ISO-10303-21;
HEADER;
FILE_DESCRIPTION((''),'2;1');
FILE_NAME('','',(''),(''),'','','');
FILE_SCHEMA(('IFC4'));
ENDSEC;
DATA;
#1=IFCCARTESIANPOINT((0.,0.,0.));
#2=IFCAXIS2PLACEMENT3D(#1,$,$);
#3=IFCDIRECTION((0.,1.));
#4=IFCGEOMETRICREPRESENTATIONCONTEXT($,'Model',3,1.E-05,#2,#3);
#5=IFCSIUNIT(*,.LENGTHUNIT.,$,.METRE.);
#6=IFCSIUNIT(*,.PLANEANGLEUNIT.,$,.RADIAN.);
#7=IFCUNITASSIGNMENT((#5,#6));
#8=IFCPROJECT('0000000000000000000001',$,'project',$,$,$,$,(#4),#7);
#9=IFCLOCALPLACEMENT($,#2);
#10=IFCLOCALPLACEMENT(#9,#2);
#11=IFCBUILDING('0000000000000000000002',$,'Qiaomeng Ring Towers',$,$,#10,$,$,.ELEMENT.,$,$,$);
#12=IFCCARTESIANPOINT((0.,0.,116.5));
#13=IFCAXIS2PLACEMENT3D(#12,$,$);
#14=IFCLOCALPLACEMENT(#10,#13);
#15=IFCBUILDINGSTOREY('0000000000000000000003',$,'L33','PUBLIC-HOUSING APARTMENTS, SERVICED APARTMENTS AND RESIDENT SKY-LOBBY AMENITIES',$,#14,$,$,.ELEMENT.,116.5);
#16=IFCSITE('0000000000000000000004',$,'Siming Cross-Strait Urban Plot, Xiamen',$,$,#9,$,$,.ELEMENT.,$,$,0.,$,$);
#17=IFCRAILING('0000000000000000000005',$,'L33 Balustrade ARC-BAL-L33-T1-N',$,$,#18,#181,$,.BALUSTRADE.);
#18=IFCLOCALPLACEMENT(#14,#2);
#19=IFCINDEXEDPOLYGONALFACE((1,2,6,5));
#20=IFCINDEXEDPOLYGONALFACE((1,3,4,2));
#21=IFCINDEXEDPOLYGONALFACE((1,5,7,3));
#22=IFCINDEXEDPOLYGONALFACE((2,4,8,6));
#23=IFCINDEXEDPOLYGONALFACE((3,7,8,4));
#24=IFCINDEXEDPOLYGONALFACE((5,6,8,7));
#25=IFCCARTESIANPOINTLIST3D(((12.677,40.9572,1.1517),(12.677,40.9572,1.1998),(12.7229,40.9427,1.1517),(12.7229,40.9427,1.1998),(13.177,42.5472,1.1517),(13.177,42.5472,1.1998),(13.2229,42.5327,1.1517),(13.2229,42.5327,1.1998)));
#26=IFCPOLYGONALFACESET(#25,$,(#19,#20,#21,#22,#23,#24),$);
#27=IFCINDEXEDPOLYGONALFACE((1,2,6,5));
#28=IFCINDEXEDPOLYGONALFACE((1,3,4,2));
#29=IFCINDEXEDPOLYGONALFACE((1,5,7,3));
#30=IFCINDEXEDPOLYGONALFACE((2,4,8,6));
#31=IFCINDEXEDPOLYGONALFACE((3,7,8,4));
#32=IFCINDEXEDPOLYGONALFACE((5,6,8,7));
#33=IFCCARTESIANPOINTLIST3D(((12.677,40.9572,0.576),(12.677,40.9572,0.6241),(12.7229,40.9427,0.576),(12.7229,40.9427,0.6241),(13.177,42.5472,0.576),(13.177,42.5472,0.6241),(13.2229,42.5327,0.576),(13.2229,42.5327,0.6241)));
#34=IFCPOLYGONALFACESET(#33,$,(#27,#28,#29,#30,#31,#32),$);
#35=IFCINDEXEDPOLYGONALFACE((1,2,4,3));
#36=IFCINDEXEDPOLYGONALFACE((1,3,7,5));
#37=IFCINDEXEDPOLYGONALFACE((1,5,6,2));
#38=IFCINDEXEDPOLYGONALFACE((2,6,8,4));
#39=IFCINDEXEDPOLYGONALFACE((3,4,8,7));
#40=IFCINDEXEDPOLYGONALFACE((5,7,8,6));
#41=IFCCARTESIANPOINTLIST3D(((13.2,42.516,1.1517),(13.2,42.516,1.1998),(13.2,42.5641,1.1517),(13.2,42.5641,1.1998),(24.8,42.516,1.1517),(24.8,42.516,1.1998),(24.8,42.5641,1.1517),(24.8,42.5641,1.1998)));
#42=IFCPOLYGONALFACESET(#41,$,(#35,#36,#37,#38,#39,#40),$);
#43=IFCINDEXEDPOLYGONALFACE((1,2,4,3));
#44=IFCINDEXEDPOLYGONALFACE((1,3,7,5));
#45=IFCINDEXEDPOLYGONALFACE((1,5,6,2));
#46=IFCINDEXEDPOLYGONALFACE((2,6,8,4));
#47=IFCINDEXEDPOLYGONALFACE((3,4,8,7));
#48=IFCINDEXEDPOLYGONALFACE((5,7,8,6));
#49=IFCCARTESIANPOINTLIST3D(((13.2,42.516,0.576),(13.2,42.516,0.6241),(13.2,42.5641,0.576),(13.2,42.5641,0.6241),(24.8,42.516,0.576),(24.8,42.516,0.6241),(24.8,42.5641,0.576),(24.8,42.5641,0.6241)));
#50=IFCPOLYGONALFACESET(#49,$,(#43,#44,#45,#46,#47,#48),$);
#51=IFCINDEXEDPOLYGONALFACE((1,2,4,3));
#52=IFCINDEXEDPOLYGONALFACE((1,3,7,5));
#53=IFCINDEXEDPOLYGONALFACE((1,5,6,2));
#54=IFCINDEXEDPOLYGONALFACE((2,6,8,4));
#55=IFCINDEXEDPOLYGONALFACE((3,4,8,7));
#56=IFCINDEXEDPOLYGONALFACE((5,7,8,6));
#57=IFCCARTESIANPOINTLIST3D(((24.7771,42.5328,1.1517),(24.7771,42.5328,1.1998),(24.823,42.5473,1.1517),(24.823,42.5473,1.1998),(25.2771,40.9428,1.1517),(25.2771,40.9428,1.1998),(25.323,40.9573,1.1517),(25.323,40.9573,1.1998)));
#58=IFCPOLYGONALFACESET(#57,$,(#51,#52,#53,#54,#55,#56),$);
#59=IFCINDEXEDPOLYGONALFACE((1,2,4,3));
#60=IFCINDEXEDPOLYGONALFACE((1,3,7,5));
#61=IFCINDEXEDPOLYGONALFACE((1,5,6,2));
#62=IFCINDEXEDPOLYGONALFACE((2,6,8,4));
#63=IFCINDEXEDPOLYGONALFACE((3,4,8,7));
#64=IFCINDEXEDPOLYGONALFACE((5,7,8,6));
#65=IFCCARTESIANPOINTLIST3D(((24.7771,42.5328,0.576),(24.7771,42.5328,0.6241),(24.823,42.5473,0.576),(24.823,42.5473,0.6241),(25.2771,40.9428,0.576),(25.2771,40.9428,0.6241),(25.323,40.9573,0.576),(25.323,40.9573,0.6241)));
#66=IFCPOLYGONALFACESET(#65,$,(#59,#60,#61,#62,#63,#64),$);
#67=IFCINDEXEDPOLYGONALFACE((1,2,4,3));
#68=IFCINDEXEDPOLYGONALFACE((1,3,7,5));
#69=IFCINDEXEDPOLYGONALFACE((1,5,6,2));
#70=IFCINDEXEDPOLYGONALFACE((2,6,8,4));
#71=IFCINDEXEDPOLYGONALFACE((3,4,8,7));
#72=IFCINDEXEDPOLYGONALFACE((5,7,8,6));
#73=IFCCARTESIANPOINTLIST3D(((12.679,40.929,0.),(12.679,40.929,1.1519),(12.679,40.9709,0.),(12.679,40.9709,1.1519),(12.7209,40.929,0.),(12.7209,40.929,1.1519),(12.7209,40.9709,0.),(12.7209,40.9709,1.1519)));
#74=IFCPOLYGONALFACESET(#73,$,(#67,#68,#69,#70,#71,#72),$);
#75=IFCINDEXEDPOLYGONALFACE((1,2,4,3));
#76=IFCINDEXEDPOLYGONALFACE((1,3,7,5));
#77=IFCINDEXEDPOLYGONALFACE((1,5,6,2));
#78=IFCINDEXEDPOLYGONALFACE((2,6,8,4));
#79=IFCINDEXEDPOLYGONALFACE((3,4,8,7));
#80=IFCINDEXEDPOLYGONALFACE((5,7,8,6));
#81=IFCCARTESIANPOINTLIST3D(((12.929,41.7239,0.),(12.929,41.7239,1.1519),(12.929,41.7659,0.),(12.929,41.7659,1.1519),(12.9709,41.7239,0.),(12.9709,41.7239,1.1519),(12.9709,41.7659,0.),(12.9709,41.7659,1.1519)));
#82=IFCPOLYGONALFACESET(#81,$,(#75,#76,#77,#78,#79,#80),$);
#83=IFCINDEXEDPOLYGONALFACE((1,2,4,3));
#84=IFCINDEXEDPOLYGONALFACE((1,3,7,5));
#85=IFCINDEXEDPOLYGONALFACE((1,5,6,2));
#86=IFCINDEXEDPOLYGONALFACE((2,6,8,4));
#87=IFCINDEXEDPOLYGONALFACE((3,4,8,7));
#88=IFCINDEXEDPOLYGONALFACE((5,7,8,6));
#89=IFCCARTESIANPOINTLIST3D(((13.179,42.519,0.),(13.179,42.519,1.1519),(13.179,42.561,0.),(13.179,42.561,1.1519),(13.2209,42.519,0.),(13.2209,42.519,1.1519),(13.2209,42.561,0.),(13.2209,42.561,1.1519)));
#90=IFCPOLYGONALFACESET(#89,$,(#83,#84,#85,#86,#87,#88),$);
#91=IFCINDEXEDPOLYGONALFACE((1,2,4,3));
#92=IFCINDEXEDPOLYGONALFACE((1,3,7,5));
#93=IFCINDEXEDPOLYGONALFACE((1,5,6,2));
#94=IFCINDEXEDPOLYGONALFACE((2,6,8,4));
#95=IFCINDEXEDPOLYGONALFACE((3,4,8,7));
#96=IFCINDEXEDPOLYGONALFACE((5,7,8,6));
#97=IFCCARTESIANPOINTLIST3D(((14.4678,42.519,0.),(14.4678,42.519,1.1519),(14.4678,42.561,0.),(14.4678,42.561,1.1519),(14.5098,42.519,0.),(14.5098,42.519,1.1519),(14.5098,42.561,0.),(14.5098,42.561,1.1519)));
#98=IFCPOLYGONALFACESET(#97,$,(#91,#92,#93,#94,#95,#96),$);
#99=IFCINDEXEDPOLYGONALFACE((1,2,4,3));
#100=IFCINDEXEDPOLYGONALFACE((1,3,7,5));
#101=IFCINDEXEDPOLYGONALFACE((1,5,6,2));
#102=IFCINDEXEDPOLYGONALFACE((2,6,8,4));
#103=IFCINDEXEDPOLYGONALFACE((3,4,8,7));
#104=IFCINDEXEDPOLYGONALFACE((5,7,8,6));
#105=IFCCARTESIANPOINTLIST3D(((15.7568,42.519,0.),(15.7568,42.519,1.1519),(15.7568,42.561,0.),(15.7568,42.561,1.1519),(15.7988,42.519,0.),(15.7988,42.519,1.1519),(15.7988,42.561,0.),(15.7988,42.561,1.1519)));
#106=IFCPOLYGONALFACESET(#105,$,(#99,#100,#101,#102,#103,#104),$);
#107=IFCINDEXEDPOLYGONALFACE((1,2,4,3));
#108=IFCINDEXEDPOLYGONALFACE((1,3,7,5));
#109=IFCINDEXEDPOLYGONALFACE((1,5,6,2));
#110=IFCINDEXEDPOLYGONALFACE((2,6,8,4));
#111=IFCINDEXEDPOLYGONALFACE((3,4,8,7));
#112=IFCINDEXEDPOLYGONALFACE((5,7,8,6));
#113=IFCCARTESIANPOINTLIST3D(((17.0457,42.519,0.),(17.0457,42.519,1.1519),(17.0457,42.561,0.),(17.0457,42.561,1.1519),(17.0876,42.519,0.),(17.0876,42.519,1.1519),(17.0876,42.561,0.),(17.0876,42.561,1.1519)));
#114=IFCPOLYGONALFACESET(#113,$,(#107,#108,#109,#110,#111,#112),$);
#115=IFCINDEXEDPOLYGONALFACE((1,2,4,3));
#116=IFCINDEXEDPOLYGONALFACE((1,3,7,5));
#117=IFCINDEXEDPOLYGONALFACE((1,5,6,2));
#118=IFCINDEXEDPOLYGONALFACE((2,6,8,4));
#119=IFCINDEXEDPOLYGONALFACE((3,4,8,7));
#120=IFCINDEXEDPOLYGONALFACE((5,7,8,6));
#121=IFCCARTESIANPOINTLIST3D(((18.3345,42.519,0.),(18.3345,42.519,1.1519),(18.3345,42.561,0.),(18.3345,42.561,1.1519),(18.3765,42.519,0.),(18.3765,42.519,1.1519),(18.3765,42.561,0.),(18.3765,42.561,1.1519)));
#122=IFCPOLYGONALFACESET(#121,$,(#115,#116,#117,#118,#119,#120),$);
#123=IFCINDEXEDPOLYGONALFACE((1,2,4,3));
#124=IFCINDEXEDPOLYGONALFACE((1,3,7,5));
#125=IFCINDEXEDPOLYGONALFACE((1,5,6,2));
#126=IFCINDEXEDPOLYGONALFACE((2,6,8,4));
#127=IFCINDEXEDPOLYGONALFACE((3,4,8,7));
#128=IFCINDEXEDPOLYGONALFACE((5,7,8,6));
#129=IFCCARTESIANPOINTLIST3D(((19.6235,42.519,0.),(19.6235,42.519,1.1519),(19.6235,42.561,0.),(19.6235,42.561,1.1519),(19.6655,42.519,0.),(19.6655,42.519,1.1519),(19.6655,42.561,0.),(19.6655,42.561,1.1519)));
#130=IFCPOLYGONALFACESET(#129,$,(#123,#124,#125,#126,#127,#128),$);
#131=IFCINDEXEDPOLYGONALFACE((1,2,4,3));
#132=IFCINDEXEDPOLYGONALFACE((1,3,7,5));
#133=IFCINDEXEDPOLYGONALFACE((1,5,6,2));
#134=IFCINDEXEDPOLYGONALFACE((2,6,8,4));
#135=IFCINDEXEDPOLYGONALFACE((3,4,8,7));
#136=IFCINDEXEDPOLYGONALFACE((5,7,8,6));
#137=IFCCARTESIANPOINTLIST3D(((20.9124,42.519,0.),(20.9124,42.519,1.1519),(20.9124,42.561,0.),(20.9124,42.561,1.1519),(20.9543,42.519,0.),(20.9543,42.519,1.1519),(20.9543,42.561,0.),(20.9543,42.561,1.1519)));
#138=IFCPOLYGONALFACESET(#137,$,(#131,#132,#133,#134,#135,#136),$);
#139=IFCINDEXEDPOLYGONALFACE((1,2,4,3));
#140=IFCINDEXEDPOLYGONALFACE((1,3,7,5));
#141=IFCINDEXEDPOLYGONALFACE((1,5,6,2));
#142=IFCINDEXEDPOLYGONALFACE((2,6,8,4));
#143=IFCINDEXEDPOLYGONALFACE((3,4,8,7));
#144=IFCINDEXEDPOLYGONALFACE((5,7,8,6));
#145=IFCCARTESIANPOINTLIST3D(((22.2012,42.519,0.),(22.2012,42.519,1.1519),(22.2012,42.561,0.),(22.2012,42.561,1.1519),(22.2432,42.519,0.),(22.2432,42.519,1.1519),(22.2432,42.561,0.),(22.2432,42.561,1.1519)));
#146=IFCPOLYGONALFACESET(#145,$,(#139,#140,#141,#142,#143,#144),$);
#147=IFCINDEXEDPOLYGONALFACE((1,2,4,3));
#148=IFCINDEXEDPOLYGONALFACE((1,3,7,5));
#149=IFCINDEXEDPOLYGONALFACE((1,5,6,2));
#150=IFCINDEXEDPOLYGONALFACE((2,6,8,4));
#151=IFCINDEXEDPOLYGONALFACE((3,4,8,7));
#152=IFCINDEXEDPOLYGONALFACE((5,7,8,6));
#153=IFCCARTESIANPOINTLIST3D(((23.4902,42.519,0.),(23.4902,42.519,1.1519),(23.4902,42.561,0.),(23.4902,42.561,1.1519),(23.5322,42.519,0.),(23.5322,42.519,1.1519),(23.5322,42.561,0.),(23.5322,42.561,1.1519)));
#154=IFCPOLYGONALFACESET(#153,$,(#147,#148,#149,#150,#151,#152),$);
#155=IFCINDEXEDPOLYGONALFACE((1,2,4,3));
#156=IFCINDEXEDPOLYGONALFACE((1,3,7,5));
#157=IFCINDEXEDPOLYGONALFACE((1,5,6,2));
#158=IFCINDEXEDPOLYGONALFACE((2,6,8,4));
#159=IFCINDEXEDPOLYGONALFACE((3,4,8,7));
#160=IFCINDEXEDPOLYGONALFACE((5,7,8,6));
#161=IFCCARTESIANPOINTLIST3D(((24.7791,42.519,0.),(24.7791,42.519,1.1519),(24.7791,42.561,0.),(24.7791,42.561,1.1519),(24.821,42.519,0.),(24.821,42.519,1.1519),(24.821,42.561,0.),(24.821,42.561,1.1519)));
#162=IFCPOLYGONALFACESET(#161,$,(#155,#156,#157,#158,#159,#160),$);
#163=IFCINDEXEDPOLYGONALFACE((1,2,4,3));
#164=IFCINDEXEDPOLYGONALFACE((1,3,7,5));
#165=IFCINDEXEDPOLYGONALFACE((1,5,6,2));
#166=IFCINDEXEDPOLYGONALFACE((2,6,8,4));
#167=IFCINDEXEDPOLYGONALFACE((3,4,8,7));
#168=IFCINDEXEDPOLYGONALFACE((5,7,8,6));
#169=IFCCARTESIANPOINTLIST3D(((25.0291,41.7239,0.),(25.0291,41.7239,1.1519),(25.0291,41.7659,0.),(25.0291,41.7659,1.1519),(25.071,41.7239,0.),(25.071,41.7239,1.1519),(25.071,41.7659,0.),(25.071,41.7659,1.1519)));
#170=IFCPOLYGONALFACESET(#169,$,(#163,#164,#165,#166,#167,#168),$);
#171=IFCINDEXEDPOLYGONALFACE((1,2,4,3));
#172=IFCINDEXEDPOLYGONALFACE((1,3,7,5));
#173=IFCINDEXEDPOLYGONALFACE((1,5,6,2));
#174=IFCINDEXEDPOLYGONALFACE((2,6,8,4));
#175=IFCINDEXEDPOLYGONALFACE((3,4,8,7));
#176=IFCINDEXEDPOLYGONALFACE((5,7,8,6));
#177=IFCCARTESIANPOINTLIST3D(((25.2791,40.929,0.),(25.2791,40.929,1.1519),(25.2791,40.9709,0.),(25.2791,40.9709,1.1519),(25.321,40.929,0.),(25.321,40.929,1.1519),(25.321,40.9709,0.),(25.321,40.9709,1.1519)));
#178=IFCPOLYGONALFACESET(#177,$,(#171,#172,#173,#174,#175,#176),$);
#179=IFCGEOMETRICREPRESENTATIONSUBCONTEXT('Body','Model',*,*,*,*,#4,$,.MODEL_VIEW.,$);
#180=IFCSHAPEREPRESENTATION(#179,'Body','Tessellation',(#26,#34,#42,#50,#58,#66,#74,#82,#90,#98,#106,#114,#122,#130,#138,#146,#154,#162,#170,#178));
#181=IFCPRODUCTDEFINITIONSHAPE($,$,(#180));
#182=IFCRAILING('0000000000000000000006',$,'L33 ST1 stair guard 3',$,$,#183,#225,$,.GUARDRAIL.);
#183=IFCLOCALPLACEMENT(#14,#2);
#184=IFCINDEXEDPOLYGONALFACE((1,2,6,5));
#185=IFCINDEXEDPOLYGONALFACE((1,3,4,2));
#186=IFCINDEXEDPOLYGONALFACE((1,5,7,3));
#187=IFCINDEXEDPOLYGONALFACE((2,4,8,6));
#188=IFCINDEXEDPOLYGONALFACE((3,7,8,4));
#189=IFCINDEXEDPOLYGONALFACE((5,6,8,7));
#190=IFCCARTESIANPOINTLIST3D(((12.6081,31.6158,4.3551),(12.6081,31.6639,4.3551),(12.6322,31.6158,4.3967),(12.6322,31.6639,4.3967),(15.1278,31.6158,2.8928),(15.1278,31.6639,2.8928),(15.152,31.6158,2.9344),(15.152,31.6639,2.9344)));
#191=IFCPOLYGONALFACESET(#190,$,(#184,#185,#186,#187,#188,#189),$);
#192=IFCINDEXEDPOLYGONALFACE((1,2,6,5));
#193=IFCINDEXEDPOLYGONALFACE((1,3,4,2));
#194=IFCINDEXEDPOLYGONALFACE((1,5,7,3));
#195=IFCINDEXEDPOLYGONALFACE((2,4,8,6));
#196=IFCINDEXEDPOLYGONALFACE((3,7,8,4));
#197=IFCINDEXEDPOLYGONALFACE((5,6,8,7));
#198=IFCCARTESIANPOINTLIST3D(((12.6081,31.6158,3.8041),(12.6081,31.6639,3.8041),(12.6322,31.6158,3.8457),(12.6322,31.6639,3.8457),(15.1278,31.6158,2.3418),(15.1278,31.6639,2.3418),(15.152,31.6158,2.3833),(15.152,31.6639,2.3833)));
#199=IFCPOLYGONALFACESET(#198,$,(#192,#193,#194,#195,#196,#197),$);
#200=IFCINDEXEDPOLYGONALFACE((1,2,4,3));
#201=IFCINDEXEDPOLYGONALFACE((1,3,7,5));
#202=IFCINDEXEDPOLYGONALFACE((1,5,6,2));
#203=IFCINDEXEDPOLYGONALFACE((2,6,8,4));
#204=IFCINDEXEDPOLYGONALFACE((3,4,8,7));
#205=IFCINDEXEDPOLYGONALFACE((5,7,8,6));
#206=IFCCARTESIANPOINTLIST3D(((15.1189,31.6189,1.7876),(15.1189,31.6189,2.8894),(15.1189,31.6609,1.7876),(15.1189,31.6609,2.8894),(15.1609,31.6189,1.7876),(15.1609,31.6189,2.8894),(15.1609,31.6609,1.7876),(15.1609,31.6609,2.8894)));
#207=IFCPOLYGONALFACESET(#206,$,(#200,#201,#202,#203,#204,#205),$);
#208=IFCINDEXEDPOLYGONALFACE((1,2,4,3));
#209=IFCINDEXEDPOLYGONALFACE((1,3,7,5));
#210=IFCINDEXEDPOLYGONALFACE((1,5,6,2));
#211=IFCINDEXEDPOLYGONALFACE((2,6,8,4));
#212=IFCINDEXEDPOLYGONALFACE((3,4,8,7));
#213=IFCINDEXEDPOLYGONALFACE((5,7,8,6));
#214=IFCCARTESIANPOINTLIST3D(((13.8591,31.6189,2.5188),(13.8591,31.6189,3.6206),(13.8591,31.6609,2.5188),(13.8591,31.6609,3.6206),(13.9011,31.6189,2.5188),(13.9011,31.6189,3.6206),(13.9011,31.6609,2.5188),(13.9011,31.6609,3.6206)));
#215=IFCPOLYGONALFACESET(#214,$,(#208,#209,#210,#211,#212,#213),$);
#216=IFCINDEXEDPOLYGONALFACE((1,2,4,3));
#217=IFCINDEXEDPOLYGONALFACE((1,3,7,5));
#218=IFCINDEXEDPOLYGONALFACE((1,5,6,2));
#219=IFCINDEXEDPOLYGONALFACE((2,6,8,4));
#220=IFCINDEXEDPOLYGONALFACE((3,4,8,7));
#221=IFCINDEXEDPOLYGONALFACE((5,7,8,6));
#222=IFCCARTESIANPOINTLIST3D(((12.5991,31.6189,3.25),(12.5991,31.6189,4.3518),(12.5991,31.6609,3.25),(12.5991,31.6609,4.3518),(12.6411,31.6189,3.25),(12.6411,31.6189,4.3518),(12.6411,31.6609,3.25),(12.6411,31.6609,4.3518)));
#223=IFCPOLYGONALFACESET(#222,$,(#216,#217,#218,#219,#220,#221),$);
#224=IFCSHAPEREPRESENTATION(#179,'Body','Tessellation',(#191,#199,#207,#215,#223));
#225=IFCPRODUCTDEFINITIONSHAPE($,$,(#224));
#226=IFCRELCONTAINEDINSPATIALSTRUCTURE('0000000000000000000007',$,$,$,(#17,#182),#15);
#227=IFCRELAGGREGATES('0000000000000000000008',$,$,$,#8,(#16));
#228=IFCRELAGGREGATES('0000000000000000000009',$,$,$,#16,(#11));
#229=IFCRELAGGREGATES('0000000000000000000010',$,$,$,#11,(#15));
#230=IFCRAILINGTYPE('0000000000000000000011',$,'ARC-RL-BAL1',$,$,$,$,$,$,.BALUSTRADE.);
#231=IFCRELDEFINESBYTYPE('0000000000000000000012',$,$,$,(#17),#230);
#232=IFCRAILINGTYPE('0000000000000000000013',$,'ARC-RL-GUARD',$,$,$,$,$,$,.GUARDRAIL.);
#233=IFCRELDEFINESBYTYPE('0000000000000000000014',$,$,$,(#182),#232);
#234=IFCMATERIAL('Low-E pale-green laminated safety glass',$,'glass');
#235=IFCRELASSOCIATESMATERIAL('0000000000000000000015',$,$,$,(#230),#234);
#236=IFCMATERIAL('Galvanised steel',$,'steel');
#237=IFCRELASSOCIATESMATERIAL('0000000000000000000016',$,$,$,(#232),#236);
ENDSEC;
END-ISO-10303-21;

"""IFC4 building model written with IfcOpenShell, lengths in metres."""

from ifc_helpers import new_model, si_unit, direction, frame, origin, origin_2d, place, context, subcontext, project, spatial, rectangle, extrude, material, type_object, element, save


model = new_model("IFC4")

# Units and contexts
model_context = context("Model", 3, precision=1e-05, world=origin(), true_north=direction((0.0, 1.0)))
body_context = subcontext(model_context, "Body", "Model", "MODEL_VIEW")
ifc_project = project(units=[si_unit("LENGTHUNIT", "METRE"), si_unit("PLANEANGLEUNIT", "RADIAN")], contexts=[model_context])

# Site, building, storey
site_placement = place(None, origin())
site = spatial("IfcSite", under=ifc_project, at=site_placement, Name="Siming Cross-Strait Urban Plot, Xiamen", CompositionType="ELEMENT", RefElevation=0.0)
building_placement = place(site_placement, origin())
building = spatial("IfcBuilding", under=site, at=building_placement, Name="Qiaomeng Ring Towers", CompositionType="ELEMENT")
storey_placement = place(building_placement, frame((0.0, 0.0, 116.5)))
storey = spatial("IfcBuildingStorey", under=building, at=storey_placement, Name="L33", Description="PUBLIC-HOUSING APARTMENTS, SERVICED APARTMENTS AND RESIDENT SKY-LOBBY AMENITIES", CompositionType="ELEMENT", Elevation=116.5)

# Shared definitions
ifc_material_1 = material(Name="Galvanised steel", Category="steel")

# Railings
ifc_material_2 = material(Name="Low-E pale-green laminated safety glass", Category="glass")
railing_type_1 = type_object("IfcRailingType", Name="ARC-RL-BAL1", PredefinedType="BALUSTRADE", material=ifc_material_2)
railing_1_placement = place(storey_placement, frame((12.7, 40.95, 0.0)))
element("IfcRailing", 1, at=railing_1_placement, inside=storey, type_object=railing_type_1, Name="L33 Balustrade ARC-BAL-L33-T1-N", PredefinedType="BALUSTRADE", context=body_context, shape_type="SweptSolid", body=[
    extrude(rectangle(XDim=0.0481, YDim=0.0481, at=origin_2d()), frame((0.0, 0.0, 1.1758), z_axis=(0.299968, 0.953949, 0.0), x_axis=(-0.953949, 0.299968, 0.0)), (0.0, 0.0, 1.0), 1.6667),
    extrude(rectangle(XDim=0.0481, YDim=0.0481, at=origin_2d()), frame((0.0, 0.0, 0.6001), z_axis=(0.299968, 0.953949, 0.0), x_axis=(-0.953949, 0.299968, 0.0)), (0.0, 0.0, 1.0), 1.6667),
    extrude(rectangle(XDim=0.0481, YDim=0.0481, at=origin_2d()), frame((0.5, 1.5901, 1.1758), z_axis=(1.0, 0.0, 0.0), x_axis=(0.0, 1.0, 0.0)), (0.0, 0.0, 1.0), 11.6001),
    extrude(rectangle(XDim=0.0481, YDim=0.0481, at=origin_2d()), frame((0.5, 1.5901, 0.6001), z_axis=(1.0, 0.0, 0.0), x_axis=(0.0, 1.0, 0.0)), (0.0, 0.0, 1.0), 11.6001),
    extrude(rectangle(XDim=0.0481, YDim=0.0481, at=origin_2d()), frame((12.1001, 1.5901, 1.1758), z_axis=(0.299968, -0.953949, 0.0), x_axis=(0.953949, 0.299968, 0.0)), (0.0, 0.0, 1.0), 1.6667),
    extrude(rectangle(XDim=0.0481, YDim=0.0481, at=origin_2d()), frame((12.1001, 1.5901, 0.6001), z_axis=(0.299968, -0.953949, 0.0), x_axis=(0.953949, 0.299968, 0.0)), (0.0, 0.0, 1.0), 1.6667),
    extrude(rectangle(XDim=0.042, YDim=0.042, at=origin_2d()), origin(), (0.0, 0.0, 1.0), 1.1519),
    extrude(rectangle(XDim=0.042, YDim=0.042, at=origin_2d()), frame((0.25, 0.7949, 0.0)), (0.0, 0.0, 1.0), 1.1519),
    extrude(rectangle(XDim=0.042, YDim=0.042, at=origin_2d()), frame((0.5, 1.5901, 0.0)), (0.0, 0.0, 1.0), 1.1519),
    extrude(rectangle(XDim=0.042, YDim=0.042, at=origin_2d()), frame((1.7888, 1.5901, 0.0)), (0.0, 0.0, 1.0), 1.1519),
    extrude(rectangle(XDim=0.042, YDim=0.042, at=origin_2d()), frame((3.0779, 1.5901, 0.0)), (0.0, 0.0, 1.0), 1.1519),
    extrude(rectangle(XDim=0.042, YDim=0.042, at=origin_2d()), frame((4.3667, 1.5901, 0.0)), (0.0, 0.0, 1.0), 1.1519),
    extrude(rectangle(XDim=0.042, YDim=0.042, at=origin_2d()), frame((5.6555, 1.5901, 0.0)), (0.0, 0.0, 1.0), 1.1519),
    extrude(rectangle(XDim=0.042, YDim=0.042, at=origin_2d()), frame((6.9446, 1.5901, 0.0)), (0.0, 0.0, 1.0), 1.1519),
    extrude(rectangle(XDim=0.042, YDim=0.042, at=origin_2d()), frame((8.2334, 1.5901, 0.0)), (0.0, 0.0, 1.0), 1.1519),
    extrude(rectangle(XDim=0.042, YDim=0.042, at=origin_2d()), frame((9.5222, 1.5901, 0.0)), (0.0, 0.0, 1.0), 1.1519),
    extrude(rectangle(XDim=0.042, YDim=0.042, at=origin_2d()), frame((10.8113, 1.5901, 0.0)), (0.0, 0.0, 1.0), 1.1519),
    extrude(rectangle(XDim=0.042, YDim=0.042, at=origin_2d()), frame((12.1001, 1.5901, 0.0)), (0.0, 0.0, 1.0), 1.1519),
    extrude(rectangle(XDim=0.042, YDim=0.042, at=origin_2d()), frame((12.3501, 0.7949, 0.0)), (0.0, 0.0, 1.0), 1.1519),
    extrude(rectangle(XDim=0.042, YDim=0.042, at=origin_2d()), frame((12.6001, 0.0, 0.0)), (0.0, 0.0, 1.0), 1.1519),
])
railing_type_2 = type_object("IfcRailingType", Name="ARC-RL-GUARD", PredefinedType="GUARDRAIL", material=ifc_material_1)
railing_2_placement = place(storey_placement, frame((15.1399, 31.6399, 1.7876)))
element("IfcRailing", 2, at=railing_2_placement, inside=storey, type_object=railing_type_2, Name="L33 ST1 stair guard 3", PredefinedType="GUARDRAIL", context=body_context, shape_type="SweptSolid", body=[
    extrude(rectangle(XDim=0.0481, YDim=0.0481, at=origin_2d()), frame((0.0, 0.0, 1.126), z_axis=(-0.864892, 0.0, 0.501958), x_axis=(0.0, -1.0, 0.0)), (0.0, 0.0, 1.0), 2.9133),
    extrude(rectangle(XDim=0.0481, YDim=0.0481, at=origin_2d()), frame((0.0, 0.0, 0.575), z_axis=(-0.864892, 0.0, 0.501958), x_axis=(0.0, -1.0, 0.0)), (0.0, 0.0, 1.0), 2.9133),
    extrude(rectangle(XDim=0.042, YDim=0.042, at=origin_2d()), origin(), (0.0, 0.0, 1.0), 1.1018),
    extrude(rectangle(XDim=0.042, YDim=0.042, at=origin_2d()), frame((-1.2598, 0.0, 0.7312)), (0.0, 0.0, 1.0), 1.1018),
    extrude(rectangle(XDim=0.042, YDim=0.042, at=origin_2d()), frame((-2.5198, 0.0, 1.4624)), (0.0, 0.0, 1.0), 1.1018),
])

save(model, "model.ifc")
